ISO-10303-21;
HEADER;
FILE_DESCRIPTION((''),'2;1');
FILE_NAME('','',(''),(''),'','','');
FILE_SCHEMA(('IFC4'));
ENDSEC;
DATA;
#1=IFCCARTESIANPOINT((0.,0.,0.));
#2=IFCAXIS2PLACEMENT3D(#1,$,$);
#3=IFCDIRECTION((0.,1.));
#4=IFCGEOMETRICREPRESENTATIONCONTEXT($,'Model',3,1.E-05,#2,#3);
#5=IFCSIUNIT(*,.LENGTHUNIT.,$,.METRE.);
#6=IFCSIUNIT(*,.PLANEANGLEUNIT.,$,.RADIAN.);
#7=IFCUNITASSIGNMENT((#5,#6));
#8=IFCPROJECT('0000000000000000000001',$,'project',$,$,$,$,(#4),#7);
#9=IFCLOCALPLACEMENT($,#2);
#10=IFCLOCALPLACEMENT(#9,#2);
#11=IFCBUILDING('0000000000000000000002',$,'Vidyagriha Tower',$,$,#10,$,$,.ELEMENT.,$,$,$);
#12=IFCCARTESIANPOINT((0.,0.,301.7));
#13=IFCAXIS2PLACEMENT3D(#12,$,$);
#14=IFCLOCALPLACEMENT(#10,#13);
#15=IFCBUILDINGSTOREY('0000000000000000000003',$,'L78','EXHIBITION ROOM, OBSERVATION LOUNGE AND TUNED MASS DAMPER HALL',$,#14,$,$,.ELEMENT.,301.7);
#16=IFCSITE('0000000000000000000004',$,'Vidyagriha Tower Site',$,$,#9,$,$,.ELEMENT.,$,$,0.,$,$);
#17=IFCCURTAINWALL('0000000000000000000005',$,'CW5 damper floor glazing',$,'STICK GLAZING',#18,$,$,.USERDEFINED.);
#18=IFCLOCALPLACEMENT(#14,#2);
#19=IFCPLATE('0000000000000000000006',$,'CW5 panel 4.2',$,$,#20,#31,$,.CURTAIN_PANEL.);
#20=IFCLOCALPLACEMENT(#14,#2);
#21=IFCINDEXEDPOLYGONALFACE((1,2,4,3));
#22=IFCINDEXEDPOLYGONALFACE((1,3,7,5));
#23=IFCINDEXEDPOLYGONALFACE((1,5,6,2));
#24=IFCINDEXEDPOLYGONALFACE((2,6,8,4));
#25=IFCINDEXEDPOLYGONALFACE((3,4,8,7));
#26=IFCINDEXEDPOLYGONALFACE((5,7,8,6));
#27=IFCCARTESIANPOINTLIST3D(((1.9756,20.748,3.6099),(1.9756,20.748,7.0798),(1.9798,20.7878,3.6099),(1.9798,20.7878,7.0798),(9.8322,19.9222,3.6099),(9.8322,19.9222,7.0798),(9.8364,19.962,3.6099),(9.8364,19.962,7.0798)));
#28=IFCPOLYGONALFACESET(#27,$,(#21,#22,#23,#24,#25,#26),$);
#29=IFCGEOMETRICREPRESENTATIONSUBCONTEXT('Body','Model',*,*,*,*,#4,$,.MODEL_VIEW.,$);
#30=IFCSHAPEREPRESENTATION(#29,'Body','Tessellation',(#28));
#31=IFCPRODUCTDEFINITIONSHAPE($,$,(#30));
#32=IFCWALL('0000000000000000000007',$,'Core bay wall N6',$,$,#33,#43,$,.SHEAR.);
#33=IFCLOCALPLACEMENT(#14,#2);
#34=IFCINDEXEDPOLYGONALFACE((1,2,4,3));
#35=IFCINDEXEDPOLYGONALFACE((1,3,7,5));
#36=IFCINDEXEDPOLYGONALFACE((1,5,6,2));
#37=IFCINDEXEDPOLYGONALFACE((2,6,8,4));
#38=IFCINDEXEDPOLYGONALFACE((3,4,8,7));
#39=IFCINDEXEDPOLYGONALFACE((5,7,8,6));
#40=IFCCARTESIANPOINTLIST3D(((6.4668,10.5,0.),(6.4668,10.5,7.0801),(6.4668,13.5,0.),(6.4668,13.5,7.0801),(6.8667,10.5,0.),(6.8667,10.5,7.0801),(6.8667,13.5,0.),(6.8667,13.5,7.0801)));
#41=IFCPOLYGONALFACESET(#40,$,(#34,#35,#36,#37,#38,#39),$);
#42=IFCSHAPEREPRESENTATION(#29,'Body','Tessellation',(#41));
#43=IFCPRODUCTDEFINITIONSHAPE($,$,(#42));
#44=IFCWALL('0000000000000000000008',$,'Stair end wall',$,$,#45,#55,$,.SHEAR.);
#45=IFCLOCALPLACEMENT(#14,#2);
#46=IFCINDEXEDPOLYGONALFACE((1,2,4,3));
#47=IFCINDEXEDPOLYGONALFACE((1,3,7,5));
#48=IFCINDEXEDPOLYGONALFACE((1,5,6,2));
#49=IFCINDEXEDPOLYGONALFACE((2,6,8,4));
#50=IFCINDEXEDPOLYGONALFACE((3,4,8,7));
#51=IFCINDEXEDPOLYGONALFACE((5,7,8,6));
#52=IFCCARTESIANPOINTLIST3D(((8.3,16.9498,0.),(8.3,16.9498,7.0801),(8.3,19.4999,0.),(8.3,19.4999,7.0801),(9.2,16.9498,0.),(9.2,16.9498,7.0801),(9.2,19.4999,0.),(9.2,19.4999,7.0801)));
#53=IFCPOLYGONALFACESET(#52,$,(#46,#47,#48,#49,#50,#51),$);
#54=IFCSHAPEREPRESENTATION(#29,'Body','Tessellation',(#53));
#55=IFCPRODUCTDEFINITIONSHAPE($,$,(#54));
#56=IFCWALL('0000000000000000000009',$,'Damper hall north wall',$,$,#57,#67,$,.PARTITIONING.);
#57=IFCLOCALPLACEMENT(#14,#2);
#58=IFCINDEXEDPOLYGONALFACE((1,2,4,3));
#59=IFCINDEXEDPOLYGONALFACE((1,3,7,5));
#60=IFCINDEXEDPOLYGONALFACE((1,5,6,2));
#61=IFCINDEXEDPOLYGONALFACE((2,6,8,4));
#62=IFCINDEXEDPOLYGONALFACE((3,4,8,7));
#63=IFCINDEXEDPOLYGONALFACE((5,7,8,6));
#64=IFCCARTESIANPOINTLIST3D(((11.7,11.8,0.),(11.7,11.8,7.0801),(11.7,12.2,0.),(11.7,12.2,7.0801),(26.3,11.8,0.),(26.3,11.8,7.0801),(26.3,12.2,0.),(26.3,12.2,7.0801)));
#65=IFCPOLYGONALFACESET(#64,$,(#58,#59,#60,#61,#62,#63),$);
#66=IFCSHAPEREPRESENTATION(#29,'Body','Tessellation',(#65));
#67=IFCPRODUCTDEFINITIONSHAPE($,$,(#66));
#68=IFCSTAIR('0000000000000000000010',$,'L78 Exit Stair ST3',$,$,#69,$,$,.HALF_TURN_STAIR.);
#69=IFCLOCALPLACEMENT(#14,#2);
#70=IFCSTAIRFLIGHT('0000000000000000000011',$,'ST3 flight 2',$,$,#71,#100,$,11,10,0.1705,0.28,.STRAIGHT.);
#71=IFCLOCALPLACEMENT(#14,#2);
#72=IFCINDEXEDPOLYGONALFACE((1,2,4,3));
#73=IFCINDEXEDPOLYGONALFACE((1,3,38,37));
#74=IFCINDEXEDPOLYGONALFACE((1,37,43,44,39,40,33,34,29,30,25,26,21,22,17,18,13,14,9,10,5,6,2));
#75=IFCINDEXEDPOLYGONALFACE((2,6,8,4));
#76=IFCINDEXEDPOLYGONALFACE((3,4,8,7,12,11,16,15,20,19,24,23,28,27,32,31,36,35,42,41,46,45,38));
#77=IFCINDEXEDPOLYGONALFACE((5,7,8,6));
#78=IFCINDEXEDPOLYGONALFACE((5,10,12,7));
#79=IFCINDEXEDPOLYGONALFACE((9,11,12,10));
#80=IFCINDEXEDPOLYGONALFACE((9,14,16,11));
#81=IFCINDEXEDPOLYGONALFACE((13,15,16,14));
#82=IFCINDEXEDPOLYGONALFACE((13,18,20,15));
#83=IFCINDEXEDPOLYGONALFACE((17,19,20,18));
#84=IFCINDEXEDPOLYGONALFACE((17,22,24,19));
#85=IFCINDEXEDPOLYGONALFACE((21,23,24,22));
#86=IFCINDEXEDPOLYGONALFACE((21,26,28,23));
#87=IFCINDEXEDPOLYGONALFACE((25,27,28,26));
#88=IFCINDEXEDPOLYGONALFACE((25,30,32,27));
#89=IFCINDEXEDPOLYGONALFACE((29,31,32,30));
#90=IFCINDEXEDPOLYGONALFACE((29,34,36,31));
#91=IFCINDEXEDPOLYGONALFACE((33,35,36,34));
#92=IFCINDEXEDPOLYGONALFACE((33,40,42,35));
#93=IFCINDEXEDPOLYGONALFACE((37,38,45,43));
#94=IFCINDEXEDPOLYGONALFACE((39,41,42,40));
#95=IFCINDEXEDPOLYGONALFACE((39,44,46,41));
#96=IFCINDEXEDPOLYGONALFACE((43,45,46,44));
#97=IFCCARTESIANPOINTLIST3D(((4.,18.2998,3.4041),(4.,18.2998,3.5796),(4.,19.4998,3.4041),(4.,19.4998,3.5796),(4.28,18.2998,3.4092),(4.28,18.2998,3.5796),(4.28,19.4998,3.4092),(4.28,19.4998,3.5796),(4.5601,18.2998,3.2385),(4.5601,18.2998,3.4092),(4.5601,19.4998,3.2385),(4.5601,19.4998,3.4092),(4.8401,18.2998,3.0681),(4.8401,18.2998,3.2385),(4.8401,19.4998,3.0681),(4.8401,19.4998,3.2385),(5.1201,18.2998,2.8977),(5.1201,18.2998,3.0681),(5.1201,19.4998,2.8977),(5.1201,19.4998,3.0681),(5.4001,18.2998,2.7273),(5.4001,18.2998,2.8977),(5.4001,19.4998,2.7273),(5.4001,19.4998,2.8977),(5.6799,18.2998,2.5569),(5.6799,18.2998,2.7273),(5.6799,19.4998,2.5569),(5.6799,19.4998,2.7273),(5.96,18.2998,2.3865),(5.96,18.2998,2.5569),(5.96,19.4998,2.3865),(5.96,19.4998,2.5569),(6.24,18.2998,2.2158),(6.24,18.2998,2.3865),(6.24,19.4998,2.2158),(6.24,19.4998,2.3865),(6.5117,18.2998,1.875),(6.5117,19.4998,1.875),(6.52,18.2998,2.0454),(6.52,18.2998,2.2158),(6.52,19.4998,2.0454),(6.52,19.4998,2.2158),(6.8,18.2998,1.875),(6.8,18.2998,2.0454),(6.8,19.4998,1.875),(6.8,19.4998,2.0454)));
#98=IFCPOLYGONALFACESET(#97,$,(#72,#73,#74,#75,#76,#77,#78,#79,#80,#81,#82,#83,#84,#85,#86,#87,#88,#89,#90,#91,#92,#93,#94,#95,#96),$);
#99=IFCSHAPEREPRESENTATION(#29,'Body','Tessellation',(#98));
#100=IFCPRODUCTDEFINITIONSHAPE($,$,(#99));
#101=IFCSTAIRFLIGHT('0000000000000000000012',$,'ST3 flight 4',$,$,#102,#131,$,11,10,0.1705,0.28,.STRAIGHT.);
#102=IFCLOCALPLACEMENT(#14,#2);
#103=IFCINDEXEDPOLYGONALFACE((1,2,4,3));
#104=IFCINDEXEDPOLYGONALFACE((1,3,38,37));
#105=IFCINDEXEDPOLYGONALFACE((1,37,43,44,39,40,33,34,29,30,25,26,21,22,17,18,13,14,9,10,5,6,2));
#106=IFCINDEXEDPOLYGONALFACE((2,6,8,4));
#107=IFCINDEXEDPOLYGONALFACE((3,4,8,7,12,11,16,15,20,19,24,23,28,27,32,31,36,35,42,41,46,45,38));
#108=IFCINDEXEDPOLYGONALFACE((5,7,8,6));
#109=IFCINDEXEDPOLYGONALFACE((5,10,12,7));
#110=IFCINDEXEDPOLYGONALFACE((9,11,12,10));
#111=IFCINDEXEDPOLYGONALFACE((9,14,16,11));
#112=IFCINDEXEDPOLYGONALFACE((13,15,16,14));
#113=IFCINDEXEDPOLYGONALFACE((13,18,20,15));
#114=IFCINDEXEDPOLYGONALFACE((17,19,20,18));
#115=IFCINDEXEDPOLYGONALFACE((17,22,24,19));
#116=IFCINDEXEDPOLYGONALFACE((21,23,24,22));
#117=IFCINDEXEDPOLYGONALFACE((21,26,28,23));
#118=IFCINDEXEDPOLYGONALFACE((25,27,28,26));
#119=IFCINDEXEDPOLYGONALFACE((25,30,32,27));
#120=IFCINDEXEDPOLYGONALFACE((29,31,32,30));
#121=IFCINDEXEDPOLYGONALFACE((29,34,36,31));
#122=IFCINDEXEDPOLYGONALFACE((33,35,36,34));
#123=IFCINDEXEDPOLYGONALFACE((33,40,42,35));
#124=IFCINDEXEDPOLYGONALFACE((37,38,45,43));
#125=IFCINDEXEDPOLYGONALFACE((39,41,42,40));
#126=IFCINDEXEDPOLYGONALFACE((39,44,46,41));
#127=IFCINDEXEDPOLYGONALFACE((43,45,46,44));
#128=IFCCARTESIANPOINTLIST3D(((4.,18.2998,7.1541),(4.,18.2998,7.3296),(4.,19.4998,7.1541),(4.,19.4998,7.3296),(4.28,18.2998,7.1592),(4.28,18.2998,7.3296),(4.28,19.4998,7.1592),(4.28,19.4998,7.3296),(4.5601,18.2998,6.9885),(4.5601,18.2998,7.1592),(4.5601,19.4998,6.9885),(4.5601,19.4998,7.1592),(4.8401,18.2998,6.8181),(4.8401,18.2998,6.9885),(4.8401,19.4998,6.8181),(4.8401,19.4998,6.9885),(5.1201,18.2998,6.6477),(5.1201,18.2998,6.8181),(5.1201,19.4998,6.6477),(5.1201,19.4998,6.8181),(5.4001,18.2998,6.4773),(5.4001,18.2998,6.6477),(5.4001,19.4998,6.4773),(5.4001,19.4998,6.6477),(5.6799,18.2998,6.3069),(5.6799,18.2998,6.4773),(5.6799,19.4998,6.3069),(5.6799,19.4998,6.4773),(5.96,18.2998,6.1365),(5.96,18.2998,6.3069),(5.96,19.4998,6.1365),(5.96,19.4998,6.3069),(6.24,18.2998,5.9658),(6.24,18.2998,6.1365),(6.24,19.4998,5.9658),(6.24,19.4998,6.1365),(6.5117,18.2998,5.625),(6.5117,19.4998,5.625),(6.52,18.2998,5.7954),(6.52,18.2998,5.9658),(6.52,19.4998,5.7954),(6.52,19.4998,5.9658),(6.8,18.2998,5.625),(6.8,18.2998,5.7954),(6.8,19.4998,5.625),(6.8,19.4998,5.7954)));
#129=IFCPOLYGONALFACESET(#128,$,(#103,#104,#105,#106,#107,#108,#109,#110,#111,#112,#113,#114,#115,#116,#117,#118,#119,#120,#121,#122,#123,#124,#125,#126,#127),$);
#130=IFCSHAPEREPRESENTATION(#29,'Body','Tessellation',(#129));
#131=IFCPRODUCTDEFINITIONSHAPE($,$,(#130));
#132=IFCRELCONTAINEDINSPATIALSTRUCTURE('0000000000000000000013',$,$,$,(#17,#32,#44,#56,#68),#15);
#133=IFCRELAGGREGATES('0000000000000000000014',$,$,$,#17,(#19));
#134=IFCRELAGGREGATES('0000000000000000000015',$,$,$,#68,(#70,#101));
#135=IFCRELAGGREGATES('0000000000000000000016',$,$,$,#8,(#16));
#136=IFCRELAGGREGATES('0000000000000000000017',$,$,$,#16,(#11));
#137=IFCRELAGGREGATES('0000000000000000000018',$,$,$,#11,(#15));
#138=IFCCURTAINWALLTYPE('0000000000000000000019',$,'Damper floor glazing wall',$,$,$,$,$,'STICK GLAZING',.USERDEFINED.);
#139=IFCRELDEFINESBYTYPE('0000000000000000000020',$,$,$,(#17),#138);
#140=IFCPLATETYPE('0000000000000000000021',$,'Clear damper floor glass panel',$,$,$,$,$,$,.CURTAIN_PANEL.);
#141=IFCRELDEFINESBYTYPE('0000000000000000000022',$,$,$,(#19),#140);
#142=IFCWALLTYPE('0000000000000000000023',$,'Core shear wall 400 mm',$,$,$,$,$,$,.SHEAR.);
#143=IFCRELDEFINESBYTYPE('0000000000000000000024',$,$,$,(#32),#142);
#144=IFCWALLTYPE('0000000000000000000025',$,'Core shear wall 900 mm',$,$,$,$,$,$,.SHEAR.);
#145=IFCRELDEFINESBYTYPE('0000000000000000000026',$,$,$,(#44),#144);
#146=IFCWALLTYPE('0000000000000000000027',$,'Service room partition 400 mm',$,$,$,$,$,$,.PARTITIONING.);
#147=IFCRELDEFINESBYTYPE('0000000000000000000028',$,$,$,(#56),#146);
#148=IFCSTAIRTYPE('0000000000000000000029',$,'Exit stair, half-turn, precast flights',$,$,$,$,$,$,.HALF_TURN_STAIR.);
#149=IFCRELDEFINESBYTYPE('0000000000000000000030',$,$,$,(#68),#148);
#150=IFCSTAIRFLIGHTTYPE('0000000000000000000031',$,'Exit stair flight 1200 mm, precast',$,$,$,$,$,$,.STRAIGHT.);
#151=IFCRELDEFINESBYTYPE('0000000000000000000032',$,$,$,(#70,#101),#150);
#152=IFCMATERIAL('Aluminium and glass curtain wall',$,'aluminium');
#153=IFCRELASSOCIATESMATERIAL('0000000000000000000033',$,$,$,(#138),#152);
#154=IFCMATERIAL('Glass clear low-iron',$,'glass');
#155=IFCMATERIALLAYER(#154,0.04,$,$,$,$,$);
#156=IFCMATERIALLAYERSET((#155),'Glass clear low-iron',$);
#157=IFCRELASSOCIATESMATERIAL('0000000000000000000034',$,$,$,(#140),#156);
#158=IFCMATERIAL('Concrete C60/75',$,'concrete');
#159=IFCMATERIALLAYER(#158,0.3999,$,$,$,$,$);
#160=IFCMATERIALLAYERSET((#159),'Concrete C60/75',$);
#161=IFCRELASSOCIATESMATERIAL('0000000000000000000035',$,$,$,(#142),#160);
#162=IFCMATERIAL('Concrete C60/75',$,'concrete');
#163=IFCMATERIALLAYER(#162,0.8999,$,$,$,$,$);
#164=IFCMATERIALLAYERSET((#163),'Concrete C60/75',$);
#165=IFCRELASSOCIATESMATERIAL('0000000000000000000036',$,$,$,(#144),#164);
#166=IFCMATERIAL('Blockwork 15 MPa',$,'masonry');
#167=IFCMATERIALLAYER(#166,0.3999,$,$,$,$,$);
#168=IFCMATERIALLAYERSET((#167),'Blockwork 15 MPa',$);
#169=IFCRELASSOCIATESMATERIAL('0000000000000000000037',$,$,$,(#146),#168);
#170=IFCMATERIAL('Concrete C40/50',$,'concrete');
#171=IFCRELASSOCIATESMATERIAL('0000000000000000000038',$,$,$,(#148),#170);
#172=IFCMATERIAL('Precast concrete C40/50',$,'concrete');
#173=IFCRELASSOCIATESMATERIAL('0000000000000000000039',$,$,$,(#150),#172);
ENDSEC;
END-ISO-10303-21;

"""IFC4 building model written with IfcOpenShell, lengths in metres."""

from ifc_helpers import new_model, si_unit, direction, frame, frame_2d, origin, origin_2d, place, context, subcontext, project, spatial, polyline, rectangle, outline, extrude, material, layer, layer_set, type_object, element, aggregate, save


model = new_model("IFC4")

# Units and contexts
model_context = context("Model", 3, precision=1e-05, world=origin(), true_north=direction((0.0, 1.0)))
body_context = subcontext(model_context, "Body", "Model", "MODEL_VIEW")
ifc_project = project(units=[si_unit("LENGTHUNIT", "METRE"), si_unit("PLANEANGLEUNIT", "RADIAN")], contexts=[model_context])

# Site, building, storey
site_placement = place(None, origin())
site = spatial("IfcSite", under=ifc_project, at=site_placement, Name="Vidyagriha Tower Site", CompositionType="ELEMENT", RefElevation=0.0)
building_placement = place(site_placement, origin())
building = spatial("IfcBuilding", under=site, at=building_placement, Name="Vidyagriha Tower", CompositionType="ELEMENT")
storey_placement = place(building_placement, frame((0.0, 0.0, 301.7)))
storey = spatial("IfcBuildingStorey", under=building, at=storey_placement, Name="L78", Description="EXHIBITION ROOM, OBSERVATION LOUNGE AND TUNED MASS DAMPER HALL", CompositionType="ELEMENT", Elevation=301.7)

# Curtain wall
ifc_material_1 = material(Name="Aluminium and glass curtain wall", Category="aluminium")
curtain_wall_type = type_object("IfcCurtainWallType", Name="Damper floor glazing wall", ElementType="STICK GLAZING", PredefinedType="USERDEFINED", material=ifc_material_1)
curtain_wall_placement = place(storey_placement, origin())
curtain_wall = element("IfcCurtainWall", 1, at=curtain_wall_placement, inside=storey, type_object=curtain_wall_type, Name="CW5 damper floor glazing", ObjectType="STICK GLAZING", PredefinedType="USERDEFINED")

# Plate
ifc_material_2 = material(Name="Glass clear low-iron", Category="glass")
ifc_layer_1 = layer(ifc_material_2, 0.04)
ifc_layer_set_1 = layer_set([ifc_layer_1], Name="Glass clear low-iron")
plate_type = type_object("IfcPlateType", Name="Clear damper floor glass panel", PredefinedType="CURTAIN_PANEL", material=ifc_layer_set_1)
plate_1_placement = place(storey_placement, frame((5.906, 20.355, 3.6099), z_axis=(0.0, 0.0, 1.0), x_axis=(-0.994522, 0.104528, 0.0)))
plate_1 = element("IfcPlate", 2, at=plate_1_placement, type_object=plate_type, Name="CW5 panel 4.2", PredefinedType="CURTAIN_PANEL", context=body_context, shape_type="SweptSolid", body=[
    extrude(rectangle(XDim=7.8999, YDim=0.04, at=origin_2d()), origin(), (0.0, 0.0, 1.0), 3.47),
])
aggregate(curtain_wall, [plate_1])

# Walls
ifc_material_3 = material(Name="Concrete C60/75", Category="concrete")
ifc_layer_2 = layer(ifc_material_3, 0.3999)
ifc_layer_set_2 = layer_set([ifc_layer_2], Name="Concrete C60/75")
wall_type_1 = type_object("IfcWallType", Name="Core shear wall 400 mm", PredefinedType="SHEAR", material=ifc_layer_set_2)
wall_1_placement = place(storey_placement, frame((6.6667, 10.5, 0.0), z_axis=(0.0, 0.0, 1.0), x_axis=(0.0, 1.0, 0.0)))
element("IfcWall", 3, at=wall_1_placement, inside=storey, type_object=wall_type_1, Name="Core bay wall N6", PredefinedType="SHEAR", context=body_context, shape_type="SweptSolid", body=[
    extrude(rectangle(XDim=3.0, YDim=0.3999, at=frame_2d((1.5, 0.0))), origin(), (0.0, 0.0, 1.0), 7.0801),
])
ifc_material_4 = material(Name="Concrete C60/75", Category="concrete")
ifc_layer_3 = layer(ifc_material_4, 0.8999)
ifc_layer_set_3 = layer_set([ifc_layer_3], Name="Concrete C60/75")
wall_type_2 = type_object("IfcWallType", Name="Core shear wall 900 mm", PredefinedType="SHEAR", material=ifc_layer_set_3)
wall_2_placement = place(storey_placement, frame((8.75, 16.95, 0.0), z_axis=(0.0, 0.0, 1.0), x_axis=(0.0, 1.0, 0.0)))
element("IfcWall", 4, at=wall_2_placement, inside=storey, type_object=wall_type_2, Name="Stair end wall", PredefinedType="SHEAR", context=body_context, shape_type="SweptSolid", body=[
    extrude(rectangle(XDim=2.55, YDim=0.8999, at=frame_2d((1.2749, 0.0))), origin(), (0.0, 0.0, 1.0), 7.0801),
])
ifc_material_5 = material(Name="Blockwork 15 MPa", Category="masonry")
ifc_layer_4 = layer(ifc_material_5, 0.3999)
ifc_layer_set_4 = layer_set([ifc_layer_4], Name="Blockwork 15 MPa")
wall_type_3 = type_object("IfcWallType", Name="Service room partition 400 mm", PredefinedType="PARTITIONING", material=ifc_layer_set_4)
wall_3_placement = place(storey_placement, frame((11.7, 12.0, 0.0)))
element("IfcWall", 5, at=wall_3_placement, inside=storey, type_object=wall_type_3, Name="Damper hall north wall", PredefinedType="PARTITIONING", context=body_context, shape_type="SweptSolid", body=[
    extrude(rectangle(XDim=14.6001, YDim=0.3999, at=frame_2d((7.3, 0.0))), origin(), (0.0, 0.0, 1.0), 7.0801),
])

# Stair, stair flights
ifc_material_6 = material(Name="Concrete C40/50", Category="concrete")
stair_type = type_object("IfcStairType", Name="Exit stair, half-turn, precast flights", PredefinedType="HALF_TURN_STAIR", material=ifc_material_6)
stair_placement = place(storey_placement, origin())
stair = element("IfcStair", 6, at=stair_placement, inside=storey, type_object=stair_type, Name="L78 Exit Stair ST3", PredefinedType="HALF_TURN_STAIR")
ifc_material_7 = material(Name="Precast concrete C40/50", Category="concrete")
stair_flight_type = type_object("IfcStairFlightType", Name="Exit stair flight 1200 mm, precast", PredefinedType="STRAIGHT", material=ifc_material_7)
stair_flight_1_placement = place(storey_placement, frame((6.8, 18.8999, 1.875), z_axis=(0.0, 0.0, 1.0), x_axis=(-1.0, 0.0, 0.0)))
stair_flight_1 = element("IfcStairFlight", 7, at=stair_flight_1_placement, type_object=stair_flight_type, Name="ST3 flight 2", NumberOfRisers=11, NumberOfTreads=10, PredefinedType="STRAIGHT", RiserHeight=0.1705, TreadLength=0.28, context=body_context, shape_type="SweptSolid", body=[
    extrude(outline(polyline([(0.0, 0.0), (0.0, 0.1704), (0.28, 0.1704), (0.28, 0.3408), (0.5601, 0.3408), (0.5601, 0.5115), (0.8401, 0.5115), (0.8401, 0.6819), (1.1201, 0.6819), (1.1201, 0.8523), (1.3999, 0.8523), (1.3999, 1.0227), (1.6799, 1.0227), (1.6799, 1.1931), (1.96, 1.1931), (1.96, 1.3635), (2.24, 1.3635), (2.24, 1.5342), (2.52, 1.5342), (2.52, 1.7046), (2.8, 1.7046), (2.8, 1.875), (2.8, 1.5291), (0.2883, 0.0), (0.0, 0.0)])), frame((0.0, 0.6001, 0.0), z_axis=(0.0, -1.0, 0.0), x_axis=(1.0, 0.0, 0.0)), (0.0, 0.0, 1.0), 1.2),
])
stair_flight_2_placement = place(storey_placement, frame((6.8, 18.8999, 5.625), z_axis=(0.0, 0.0, 1.0), x_axis=(-1.0, 0.0, 0.0)))
stair_flight_2 = element("IfcStairFlight", 8, at=stair_flight_2_placement, type_object=stair_flight_type, Name="ST3 flight 4", NumberOfRisers=11, NumberOfTreads=10, PredefinedType="STRAIGHT", RiserHeight=0.1705, TreadLength=0.28, context=body_context, shape_type="SweptSolid", body=[
    extrude(outline(polyline([(0.0, 0.0), (0.0, 0.1704), (0.28, 0.1704), (0.28, 0.3408), (0.5601, 0.3408), (0.5601, 0.5115), (0.8401, 0.5115), (0.8401, 0.6819), (1.1201, 0.6819), (1.1201, 0.8523), (1.3999, 0.8523), (1.3999, 1.0227), (1.6799, 1.0227), (1.6799, 1.1931), (1.96, 1.1931), (1.96, 1.3635), (2.24, 1.3635), (2.24, 1.5342), (2.52, 1.5342), (2.52, 1.7046), (2.8, 1.7046), (2.8, 1.875), (2.8, 1.5291), (0.2883, 0.0), (0.0, 0.0)])), frame((0.0, 0.6001, 0.0), z_axis=(0.0, -1.0, 0.0), x_axis=(1.0, 0.0, 0.0)), (0.0, 0.0, 1.0), 1.2),
])
aggregate(stair, [stair_flight_1, stair_flight_2])

save(model, "model.ifc")
